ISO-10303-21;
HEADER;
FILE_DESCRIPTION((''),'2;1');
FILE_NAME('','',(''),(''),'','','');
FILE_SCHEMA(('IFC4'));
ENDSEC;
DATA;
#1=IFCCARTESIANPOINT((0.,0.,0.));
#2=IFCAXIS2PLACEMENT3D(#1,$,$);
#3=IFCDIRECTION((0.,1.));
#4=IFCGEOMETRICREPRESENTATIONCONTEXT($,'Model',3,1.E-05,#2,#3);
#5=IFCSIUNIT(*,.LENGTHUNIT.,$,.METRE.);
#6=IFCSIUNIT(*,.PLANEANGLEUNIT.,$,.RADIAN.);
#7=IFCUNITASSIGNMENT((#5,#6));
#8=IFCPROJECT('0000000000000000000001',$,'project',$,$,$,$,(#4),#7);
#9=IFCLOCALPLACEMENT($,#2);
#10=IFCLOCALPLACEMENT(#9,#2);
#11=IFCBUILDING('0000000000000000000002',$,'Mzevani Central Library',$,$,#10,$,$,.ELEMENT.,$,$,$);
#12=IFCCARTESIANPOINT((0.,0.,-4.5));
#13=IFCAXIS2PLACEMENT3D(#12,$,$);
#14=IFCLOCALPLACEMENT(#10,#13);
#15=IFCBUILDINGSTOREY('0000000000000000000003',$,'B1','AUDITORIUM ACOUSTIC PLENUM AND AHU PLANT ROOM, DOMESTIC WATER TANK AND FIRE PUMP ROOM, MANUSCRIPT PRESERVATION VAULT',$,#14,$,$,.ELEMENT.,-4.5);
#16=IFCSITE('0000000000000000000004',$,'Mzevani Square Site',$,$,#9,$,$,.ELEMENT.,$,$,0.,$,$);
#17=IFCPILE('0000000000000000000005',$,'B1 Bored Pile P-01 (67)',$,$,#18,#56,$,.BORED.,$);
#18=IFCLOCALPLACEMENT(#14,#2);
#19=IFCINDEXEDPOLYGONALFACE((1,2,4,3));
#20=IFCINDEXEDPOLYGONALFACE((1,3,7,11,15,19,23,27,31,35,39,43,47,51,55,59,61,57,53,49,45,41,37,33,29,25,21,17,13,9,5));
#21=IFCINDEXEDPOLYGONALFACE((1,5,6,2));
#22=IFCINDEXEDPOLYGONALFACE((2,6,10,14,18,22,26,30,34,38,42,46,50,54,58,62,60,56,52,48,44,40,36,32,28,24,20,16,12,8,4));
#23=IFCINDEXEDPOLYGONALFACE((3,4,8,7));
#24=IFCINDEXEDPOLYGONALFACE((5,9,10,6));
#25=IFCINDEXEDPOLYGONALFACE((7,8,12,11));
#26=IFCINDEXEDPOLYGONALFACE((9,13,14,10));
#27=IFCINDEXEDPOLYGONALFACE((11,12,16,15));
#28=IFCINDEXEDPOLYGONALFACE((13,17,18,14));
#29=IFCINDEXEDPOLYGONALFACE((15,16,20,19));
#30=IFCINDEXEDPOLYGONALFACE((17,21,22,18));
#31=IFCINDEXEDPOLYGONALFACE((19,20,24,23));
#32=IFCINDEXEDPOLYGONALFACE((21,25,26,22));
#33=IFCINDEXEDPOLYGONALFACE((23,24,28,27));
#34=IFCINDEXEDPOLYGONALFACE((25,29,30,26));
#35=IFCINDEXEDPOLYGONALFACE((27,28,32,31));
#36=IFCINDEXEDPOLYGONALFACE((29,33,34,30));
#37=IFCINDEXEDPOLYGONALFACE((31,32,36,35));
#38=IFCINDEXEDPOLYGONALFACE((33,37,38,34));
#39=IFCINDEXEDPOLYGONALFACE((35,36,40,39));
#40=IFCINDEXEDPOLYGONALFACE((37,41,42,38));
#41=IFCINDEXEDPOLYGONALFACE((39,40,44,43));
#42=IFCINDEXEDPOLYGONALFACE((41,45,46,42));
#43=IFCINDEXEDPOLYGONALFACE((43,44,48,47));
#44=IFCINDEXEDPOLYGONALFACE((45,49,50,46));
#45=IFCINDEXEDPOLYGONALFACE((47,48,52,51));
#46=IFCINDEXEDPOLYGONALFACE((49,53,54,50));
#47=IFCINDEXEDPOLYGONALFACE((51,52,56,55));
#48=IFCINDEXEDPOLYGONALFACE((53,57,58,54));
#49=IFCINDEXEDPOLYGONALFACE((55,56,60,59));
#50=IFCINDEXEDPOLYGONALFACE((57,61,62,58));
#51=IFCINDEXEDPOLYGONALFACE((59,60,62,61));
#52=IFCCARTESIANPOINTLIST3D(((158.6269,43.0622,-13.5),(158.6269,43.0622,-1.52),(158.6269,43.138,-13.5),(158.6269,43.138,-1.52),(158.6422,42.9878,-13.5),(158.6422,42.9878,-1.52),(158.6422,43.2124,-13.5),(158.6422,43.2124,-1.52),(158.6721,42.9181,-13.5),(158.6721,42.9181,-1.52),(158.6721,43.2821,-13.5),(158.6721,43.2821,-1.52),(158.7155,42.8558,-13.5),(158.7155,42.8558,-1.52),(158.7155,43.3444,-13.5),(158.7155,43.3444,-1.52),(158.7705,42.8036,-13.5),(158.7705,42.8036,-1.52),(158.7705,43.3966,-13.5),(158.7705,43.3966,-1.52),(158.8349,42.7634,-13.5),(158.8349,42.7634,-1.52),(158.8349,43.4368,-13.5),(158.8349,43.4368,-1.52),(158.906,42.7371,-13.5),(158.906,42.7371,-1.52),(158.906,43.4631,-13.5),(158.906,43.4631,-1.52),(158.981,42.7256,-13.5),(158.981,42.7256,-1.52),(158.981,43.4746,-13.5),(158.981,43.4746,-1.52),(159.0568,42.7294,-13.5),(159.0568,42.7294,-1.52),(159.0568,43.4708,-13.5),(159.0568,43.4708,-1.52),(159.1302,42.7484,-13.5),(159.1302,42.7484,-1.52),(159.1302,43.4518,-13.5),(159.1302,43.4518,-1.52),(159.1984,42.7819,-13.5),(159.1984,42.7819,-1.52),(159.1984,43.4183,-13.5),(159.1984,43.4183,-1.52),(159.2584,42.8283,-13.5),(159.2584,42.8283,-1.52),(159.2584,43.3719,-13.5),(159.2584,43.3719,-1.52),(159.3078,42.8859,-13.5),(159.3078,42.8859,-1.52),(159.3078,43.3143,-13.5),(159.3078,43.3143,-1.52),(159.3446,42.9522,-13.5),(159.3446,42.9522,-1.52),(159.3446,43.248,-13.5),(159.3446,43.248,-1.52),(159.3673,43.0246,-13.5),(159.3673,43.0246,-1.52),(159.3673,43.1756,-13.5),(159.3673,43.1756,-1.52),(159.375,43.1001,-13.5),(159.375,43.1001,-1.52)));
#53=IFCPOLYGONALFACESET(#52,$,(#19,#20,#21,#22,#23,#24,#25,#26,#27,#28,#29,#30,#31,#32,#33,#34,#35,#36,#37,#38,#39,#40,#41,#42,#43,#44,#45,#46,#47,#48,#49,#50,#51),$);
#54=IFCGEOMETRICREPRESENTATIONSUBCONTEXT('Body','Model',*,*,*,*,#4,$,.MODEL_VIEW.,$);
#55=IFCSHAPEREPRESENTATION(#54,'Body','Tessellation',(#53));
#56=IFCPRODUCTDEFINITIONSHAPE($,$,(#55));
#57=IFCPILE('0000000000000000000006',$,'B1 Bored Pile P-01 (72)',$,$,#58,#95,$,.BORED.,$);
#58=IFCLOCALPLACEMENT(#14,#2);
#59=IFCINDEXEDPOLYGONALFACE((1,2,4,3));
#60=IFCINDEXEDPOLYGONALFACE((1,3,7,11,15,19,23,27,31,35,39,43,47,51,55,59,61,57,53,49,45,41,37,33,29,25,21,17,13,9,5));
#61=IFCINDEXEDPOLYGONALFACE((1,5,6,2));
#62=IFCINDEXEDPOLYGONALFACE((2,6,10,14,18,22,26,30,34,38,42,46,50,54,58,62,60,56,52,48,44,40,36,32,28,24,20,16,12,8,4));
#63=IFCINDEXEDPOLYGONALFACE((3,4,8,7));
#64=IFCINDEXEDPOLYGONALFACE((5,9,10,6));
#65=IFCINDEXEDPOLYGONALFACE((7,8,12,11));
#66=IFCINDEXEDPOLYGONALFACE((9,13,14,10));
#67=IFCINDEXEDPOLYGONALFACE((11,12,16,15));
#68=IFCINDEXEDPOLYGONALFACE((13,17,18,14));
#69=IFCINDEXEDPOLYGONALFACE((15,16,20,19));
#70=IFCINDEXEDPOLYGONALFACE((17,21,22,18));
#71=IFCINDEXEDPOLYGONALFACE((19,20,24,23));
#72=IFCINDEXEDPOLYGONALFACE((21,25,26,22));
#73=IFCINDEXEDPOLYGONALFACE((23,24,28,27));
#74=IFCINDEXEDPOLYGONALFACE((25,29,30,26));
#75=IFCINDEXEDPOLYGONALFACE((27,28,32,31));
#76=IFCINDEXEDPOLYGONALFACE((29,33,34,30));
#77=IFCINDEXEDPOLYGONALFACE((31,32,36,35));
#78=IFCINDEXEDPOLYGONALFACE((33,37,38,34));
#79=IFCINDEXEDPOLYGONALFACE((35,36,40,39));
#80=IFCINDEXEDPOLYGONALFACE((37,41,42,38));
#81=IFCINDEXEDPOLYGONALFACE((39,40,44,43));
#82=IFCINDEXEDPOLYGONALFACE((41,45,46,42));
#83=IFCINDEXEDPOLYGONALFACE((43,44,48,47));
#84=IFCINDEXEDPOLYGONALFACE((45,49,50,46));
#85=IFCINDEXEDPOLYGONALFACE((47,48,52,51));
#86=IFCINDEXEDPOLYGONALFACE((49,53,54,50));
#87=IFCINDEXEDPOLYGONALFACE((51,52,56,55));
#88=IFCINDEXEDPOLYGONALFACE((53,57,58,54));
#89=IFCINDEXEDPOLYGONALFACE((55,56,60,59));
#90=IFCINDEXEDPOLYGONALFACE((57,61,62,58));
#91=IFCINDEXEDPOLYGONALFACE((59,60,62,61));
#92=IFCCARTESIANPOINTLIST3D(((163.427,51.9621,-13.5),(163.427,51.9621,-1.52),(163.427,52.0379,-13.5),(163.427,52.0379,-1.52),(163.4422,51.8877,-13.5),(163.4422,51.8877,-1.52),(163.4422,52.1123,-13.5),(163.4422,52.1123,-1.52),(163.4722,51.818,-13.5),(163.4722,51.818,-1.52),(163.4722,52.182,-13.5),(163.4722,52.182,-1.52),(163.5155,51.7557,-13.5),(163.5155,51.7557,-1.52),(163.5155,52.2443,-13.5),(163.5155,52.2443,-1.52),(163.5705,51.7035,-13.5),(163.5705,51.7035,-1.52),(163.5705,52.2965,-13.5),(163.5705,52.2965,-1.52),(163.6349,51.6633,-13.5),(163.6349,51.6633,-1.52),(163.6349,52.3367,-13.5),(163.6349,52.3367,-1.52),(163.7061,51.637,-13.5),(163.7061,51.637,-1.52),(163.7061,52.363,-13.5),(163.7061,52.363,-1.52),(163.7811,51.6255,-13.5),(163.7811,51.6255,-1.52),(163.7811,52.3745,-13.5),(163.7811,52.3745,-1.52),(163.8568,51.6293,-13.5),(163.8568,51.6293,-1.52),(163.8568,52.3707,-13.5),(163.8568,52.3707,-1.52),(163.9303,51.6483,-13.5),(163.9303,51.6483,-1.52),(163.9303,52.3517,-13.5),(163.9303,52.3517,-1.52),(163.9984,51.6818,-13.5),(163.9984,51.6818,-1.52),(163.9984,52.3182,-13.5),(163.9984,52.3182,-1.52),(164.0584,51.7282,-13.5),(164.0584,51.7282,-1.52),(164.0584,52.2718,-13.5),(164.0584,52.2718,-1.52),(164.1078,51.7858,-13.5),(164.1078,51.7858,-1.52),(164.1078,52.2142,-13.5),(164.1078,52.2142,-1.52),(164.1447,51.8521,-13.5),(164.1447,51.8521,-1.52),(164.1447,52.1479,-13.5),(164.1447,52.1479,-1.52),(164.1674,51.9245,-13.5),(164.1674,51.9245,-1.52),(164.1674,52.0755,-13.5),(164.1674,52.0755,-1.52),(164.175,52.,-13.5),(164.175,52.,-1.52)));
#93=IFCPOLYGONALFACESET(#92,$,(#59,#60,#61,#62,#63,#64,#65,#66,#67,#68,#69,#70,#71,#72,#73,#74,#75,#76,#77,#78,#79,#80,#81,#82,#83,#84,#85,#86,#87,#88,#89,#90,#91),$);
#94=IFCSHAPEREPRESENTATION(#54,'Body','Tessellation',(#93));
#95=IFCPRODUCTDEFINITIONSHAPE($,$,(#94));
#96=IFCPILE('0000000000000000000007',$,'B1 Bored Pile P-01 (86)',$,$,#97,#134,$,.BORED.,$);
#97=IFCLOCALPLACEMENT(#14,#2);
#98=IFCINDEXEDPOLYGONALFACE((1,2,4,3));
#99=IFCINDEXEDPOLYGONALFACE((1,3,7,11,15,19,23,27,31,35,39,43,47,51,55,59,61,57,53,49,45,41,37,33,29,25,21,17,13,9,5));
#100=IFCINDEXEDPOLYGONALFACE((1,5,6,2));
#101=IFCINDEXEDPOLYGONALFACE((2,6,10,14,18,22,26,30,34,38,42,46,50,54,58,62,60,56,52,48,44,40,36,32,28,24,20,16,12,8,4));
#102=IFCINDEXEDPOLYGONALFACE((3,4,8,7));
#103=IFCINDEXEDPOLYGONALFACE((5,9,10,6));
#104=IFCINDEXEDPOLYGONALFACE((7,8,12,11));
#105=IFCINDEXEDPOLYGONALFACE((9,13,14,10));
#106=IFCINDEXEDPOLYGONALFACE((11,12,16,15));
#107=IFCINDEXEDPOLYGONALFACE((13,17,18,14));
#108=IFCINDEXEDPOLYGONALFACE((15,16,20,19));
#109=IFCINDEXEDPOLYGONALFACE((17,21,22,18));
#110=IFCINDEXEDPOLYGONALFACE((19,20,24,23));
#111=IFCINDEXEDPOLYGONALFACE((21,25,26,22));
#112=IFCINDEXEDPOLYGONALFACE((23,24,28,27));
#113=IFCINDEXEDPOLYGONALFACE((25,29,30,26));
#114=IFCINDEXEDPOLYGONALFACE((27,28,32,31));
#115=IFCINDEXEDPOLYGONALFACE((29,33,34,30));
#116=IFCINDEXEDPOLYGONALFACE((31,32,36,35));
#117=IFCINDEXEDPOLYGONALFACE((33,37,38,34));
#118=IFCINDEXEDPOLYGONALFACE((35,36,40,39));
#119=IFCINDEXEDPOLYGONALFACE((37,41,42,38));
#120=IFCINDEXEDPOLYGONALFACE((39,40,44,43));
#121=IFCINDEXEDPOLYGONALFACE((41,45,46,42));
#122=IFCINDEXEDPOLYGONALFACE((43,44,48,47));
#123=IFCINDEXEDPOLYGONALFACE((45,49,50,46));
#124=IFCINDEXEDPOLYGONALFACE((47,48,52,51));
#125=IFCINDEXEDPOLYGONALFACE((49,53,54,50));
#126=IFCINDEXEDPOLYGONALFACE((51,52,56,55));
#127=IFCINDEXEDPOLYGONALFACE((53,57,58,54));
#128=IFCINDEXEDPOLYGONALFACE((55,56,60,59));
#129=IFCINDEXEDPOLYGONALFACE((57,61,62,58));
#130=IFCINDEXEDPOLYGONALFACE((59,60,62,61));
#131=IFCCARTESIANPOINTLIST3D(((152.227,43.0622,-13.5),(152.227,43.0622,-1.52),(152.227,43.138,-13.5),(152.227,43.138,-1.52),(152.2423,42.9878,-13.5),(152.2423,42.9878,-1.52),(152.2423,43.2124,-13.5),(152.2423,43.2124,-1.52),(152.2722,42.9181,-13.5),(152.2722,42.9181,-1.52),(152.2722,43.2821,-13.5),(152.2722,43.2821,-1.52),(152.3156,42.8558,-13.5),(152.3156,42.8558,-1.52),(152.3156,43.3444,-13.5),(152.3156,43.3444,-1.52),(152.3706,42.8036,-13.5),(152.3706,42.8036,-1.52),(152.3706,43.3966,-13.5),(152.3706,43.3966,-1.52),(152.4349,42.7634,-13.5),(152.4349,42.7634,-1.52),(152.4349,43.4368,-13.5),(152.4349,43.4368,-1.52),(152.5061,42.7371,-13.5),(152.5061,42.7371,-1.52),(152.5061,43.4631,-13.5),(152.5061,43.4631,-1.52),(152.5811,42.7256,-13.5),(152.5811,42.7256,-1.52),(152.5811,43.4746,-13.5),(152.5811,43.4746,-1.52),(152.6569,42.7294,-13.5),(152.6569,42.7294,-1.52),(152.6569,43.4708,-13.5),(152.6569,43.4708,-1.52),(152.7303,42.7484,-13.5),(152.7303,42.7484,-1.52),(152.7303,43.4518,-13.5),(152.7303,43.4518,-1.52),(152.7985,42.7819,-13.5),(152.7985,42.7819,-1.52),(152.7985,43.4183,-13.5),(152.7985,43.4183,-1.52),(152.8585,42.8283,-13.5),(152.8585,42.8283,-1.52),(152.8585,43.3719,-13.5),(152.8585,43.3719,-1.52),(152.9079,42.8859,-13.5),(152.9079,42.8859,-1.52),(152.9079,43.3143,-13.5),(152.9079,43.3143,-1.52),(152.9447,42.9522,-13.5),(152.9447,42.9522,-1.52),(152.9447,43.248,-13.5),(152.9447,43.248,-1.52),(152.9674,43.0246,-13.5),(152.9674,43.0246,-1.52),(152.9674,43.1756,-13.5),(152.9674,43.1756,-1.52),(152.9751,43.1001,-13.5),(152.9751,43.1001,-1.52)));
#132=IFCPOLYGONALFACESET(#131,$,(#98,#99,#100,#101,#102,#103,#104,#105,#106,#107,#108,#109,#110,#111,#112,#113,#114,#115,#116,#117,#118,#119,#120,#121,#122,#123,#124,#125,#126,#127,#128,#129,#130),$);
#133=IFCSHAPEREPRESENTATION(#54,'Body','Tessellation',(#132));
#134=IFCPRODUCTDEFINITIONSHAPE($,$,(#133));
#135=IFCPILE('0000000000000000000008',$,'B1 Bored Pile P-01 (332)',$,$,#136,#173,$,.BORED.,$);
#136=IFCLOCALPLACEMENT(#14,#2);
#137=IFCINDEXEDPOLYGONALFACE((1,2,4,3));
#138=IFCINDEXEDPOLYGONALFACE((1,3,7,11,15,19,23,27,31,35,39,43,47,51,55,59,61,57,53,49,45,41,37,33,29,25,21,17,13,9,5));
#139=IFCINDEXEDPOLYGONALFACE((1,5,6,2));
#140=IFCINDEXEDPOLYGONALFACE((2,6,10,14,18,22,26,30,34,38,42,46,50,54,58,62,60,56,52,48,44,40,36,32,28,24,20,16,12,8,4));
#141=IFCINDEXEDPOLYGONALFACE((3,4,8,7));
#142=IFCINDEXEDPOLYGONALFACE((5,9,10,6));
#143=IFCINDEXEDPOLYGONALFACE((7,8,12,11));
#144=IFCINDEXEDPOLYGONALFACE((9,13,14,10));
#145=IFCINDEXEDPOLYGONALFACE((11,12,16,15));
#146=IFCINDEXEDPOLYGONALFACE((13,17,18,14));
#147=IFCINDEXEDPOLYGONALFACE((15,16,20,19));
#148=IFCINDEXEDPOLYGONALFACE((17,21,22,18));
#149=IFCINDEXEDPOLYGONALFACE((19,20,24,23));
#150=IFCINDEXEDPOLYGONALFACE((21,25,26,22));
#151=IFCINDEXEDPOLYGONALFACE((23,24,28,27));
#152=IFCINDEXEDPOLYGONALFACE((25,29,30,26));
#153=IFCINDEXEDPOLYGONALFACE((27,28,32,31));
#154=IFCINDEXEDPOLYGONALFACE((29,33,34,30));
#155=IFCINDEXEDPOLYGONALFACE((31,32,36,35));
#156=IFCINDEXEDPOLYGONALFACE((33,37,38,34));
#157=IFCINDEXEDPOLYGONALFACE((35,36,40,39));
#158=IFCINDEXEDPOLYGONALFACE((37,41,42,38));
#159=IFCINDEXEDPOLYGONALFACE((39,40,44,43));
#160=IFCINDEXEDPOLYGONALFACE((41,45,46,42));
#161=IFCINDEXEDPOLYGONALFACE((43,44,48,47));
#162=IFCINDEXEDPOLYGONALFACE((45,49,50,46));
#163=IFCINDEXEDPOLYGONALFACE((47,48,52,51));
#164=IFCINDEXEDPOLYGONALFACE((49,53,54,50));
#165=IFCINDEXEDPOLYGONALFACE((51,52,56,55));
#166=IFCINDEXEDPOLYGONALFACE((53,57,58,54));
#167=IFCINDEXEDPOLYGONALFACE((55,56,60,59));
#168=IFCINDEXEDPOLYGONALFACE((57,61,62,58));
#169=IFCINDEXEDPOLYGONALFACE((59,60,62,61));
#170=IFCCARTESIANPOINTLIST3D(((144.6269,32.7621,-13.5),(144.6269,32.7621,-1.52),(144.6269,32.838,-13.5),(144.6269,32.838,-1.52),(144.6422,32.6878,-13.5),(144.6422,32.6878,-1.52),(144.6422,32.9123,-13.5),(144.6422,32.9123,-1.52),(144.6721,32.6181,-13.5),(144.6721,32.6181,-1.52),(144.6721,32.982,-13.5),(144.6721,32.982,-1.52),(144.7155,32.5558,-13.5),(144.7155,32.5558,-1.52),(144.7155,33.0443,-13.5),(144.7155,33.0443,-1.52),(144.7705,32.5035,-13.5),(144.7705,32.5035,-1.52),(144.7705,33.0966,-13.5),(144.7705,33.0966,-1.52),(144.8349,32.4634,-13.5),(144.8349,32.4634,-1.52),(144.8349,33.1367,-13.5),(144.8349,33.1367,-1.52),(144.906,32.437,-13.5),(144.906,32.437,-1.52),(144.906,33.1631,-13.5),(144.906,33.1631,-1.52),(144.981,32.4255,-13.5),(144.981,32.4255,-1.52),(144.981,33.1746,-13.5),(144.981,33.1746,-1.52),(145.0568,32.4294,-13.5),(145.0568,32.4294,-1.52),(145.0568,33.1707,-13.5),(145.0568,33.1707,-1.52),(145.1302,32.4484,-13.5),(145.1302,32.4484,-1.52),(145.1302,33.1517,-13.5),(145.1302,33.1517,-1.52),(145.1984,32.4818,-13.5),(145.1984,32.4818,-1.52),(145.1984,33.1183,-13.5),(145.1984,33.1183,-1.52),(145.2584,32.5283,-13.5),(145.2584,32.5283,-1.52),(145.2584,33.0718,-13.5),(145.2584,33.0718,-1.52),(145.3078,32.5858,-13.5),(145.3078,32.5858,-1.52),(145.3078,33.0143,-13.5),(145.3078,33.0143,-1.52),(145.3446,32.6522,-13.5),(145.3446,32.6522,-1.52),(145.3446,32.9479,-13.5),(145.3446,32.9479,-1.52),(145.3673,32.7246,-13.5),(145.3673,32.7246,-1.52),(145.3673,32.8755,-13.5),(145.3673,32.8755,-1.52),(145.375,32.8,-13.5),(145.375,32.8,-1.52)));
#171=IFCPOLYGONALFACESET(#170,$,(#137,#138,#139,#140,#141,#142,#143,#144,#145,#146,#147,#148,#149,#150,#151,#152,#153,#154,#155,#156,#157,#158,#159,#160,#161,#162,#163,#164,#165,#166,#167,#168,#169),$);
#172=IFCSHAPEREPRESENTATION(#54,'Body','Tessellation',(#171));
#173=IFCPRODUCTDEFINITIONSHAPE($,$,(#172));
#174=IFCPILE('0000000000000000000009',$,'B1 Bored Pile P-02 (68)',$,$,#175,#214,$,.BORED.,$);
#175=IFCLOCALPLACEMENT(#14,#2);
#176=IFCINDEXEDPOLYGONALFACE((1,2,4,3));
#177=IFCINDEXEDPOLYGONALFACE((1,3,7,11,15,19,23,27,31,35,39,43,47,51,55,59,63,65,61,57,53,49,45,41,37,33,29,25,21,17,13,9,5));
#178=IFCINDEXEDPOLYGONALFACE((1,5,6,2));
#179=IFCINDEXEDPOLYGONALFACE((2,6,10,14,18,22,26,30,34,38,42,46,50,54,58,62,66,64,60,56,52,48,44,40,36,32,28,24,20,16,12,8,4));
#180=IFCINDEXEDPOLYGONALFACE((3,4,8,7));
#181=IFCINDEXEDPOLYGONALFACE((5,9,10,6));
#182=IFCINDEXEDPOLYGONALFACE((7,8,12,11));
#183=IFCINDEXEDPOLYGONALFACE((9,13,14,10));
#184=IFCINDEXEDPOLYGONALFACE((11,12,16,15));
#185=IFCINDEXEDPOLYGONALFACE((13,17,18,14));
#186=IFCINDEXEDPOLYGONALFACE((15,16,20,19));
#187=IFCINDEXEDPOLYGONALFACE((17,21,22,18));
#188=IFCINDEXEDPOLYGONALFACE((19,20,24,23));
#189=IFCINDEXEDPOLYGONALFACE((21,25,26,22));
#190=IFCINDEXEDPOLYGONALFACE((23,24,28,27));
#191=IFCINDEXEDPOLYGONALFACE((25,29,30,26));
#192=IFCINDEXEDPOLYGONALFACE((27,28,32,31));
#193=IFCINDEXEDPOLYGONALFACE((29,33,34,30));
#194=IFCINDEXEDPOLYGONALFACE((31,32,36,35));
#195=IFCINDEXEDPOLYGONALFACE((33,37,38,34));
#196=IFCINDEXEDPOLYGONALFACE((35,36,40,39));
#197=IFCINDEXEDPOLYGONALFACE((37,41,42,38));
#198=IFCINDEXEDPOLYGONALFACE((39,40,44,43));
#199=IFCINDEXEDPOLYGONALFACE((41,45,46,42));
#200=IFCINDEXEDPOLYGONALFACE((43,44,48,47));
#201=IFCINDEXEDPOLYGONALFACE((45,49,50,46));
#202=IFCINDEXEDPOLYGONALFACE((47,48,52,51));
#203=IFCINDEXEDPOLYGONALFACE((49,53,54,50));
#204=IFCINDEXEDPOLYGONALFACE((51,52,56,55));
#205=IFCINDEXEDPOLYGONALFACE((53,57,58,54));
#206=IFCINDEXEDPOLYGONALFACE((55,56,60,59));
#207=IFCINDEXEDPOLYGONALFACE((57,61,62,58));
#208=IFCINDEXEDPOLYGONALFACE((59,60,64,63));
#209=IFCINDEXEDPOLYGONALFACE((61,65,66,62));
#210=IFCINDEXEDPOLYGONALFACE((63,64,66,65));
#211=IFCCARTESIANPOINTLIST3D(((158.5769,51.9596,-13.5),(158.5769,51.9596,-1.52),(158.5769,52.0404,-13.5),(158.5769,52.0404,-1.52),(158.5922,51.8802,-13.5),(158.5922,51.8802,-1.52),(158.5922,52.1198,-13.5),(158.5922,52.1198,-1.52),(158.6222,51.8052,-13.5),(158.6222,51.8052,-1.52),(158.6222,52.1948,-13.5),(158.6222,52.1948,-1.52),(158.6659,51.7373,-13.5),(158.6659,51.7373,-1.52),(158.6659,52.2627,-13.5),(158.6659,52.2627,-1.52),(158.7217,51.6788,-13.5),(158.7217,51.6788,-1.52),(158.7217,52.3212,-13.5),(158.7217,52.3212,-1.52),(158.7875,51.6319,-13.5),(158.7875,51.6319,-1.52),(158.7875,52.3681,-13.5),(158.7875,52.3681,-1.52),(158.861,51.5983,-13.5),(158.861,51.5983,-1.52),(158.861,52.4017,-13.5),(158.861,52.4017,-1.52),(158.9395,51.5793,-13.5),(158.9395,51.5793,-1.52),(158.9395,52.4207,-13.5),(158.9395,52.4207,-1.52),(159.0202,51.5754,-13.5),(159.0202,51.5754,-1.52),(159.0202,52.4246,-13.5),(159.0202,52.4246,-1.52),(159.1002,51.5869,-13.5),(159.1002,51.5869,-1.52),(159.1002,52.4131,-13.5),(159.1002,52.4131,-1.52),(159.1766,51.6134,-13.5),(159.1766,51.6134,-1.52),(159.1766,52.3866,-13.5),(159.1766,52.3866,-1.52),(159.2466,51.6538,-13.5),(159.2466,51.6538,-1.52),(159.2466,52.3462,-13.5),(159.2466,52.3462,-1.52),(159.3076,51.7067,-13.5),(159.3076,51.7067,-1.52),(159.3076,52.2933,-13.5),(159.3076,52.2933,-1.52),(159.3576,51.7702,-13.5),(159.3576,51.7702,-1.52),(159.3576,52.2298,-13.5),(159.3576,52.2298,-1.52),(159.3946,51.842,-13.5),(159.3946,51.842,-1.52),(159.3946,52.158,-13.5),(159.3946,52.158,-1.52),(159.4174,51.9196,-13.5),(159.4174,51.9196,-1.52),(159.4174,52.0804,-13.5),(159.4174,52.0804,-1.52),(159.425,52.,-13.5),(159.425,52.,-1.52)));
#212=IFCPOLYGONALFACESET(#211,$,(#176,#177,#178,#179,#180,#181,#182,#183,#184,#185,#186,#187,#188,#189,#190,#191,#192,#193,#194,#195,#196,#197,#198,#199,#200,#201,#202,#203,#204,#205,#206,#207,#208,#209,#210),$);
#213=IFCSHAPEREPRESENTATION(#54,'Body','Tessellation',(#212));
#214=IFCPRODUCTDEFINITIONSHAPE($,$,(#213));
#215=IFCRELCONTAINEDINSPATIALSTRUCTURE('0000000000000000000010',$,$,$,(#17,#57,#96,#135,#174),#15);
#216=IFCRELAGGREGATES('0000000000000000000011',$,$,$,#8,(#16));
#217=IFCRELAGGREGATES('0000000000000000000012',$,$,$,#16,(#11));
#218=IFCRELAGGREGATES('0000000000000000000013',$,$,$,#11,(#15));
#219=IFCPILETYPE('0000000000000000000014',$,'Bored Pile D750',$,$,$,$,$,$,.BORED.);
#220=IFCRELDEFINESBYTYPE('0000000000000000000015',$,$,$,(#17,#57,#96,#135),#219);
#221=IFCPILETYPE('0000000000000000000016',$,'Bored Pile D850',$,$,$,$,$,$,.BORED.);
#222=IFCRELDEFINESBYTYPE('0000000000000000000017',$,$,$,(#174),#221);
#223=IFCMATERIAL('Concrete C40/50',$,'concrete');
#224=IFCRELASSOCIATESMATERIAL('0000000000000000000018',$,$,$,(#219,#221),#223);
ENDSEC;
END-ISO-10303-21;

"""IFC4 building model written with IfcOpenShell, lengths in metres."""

from ifc_helpers import new_model, si_unit, direction, frame, origin, origin_2d, place, context, subcontext, project, spatial, circle, extrude, material, material_profile, profile_set, type_object, element, save


model = new_model("IFC4")

# Units and contexts
model_context = context("Model", 3, precision=1e-05, world=origin(), true_north=direction((0.0, 1.0)))
body_context = subcontext(model_context, "Body", "Model", "MODEL_VIEW")
ifc_project = project(units=[si_unit("LENGTHUNIT", "METRE"), si_unit("PLANEANGLEUNIT", "RADIAN")], contexts=[model_context])

# Site, building, storey
site_placement = place(None, origin())
site = spatial("IfcSite", under=ifc_project, at=site_placement, Name="Mzevani Square Site", CompositionType="ELEMENT", RefElevation=0.0)
building_placement = place(site_placement, origin())
building = spatial("IfcBuilding", under=site, at=building_placement, Name="Mzevani Central Library", CompositionType="ELEMENT")
storey_placement = place(building_placement, frame((0.0, 0.0, -4.5)))
storey = spatial("IfcBuildingStorey", under=building, at=storey_placement, Name="B1", Description="AUDITORIUM ACOUSTIC PLENUM AND AHU PLANT ROOM, DOMESTIC WATER TANK AND FIRE PUMP ROOM, MANUSCRIPT PRESERVATION VAULT", CompositionType="ELEMENT", Elevation=-4.5)

# Piles
ifc_material_1 = material(Name="Concrete C40/50", Category="concrete")
ifc_material_profile_1 = material_profile(ifc_material_1, circle(Radius=0.375, at=origin_2d()), Name="PILE D750")
ifc_profile_set_1 = profile_set([ifc_material_profile_1], Name="Concrete C40/50")
pile_type_1 = type_object("IfcPileType", Name="Bored Pile D750", PredefinedType="BORED", material=ifc_profile_set_1)
for number, where, z_axis, x_axis, name in (
    (1, (159.0, 43.1001, -1.52), (0.0, 0.0, -1.0), (1.0, 0.0, 0.0), "B1 Bored Pile P-01 (67)"),
    (2, (163.8, 52.0, -1.52), (0.0, 0.0, -1.0), (1.0, 0.0, 0.0), "B1 Bored Pile P-01 (72)"),
    (3, (152.6001, 43.1001, -1.52), (0.0, 0.0, -1.0), (1.0, 0.0, 0.0), "B1 Bored Pile P-01 (86)"),
    (4, (145.0, 32.8, -1.52), (0.0, 0.0, -1.0), (1.0, 0.0, 0.0), "B1 Bored Pile P-01 (332)"),
):
    element("IfcPile", number, at=place(storey_placement, frame(where, z_axis=z_axis, x_axis=x_axis)), inside=storey, type_object=pile_type_1, Name=name, PredefinedType="BORED", context=body_context, shape_type="SweptSolid", body=[
        extrude(circle(Radius=0.375, at=origin_2d()), origin(), (0.0, 0.0, 1.0), 11.98),
    ])
ifc_material_profile_2 = material_profile(ifc_material_1, circle(Radius=0.425, at=origin_2d()), Name="PILE D850")
ifc_profile_set_2 = profile_set([ifc_material_profile_2], Name="Concrete C40/50")
pile_type_2 = type_object("IfcPileType", Name="Bored Pile D850", PredefinedType="BORED", material=ifc_profile_set_2)
pile_1_placement = place(storey_placement, frame((159.0, 52.0, -1.52), z_axis=(0.0, 0.0, -1.0), x_axis=(1.0, 0.0, 0.0)))
element("IfcPile", 5, at=pile_1_placement, inside=storey, type_object=pile_type_2, Name="B1 Bored Pile P-02 (68)", PredefinedType="BORED", context=body_context, shape_type="SweptSolid", body=[
    extrude(circle(Radius=0.425, at=origin_2d()), origin(), (0.0, 0.0, 1.0), 11.98),
])

save(model, "model.ifc")
